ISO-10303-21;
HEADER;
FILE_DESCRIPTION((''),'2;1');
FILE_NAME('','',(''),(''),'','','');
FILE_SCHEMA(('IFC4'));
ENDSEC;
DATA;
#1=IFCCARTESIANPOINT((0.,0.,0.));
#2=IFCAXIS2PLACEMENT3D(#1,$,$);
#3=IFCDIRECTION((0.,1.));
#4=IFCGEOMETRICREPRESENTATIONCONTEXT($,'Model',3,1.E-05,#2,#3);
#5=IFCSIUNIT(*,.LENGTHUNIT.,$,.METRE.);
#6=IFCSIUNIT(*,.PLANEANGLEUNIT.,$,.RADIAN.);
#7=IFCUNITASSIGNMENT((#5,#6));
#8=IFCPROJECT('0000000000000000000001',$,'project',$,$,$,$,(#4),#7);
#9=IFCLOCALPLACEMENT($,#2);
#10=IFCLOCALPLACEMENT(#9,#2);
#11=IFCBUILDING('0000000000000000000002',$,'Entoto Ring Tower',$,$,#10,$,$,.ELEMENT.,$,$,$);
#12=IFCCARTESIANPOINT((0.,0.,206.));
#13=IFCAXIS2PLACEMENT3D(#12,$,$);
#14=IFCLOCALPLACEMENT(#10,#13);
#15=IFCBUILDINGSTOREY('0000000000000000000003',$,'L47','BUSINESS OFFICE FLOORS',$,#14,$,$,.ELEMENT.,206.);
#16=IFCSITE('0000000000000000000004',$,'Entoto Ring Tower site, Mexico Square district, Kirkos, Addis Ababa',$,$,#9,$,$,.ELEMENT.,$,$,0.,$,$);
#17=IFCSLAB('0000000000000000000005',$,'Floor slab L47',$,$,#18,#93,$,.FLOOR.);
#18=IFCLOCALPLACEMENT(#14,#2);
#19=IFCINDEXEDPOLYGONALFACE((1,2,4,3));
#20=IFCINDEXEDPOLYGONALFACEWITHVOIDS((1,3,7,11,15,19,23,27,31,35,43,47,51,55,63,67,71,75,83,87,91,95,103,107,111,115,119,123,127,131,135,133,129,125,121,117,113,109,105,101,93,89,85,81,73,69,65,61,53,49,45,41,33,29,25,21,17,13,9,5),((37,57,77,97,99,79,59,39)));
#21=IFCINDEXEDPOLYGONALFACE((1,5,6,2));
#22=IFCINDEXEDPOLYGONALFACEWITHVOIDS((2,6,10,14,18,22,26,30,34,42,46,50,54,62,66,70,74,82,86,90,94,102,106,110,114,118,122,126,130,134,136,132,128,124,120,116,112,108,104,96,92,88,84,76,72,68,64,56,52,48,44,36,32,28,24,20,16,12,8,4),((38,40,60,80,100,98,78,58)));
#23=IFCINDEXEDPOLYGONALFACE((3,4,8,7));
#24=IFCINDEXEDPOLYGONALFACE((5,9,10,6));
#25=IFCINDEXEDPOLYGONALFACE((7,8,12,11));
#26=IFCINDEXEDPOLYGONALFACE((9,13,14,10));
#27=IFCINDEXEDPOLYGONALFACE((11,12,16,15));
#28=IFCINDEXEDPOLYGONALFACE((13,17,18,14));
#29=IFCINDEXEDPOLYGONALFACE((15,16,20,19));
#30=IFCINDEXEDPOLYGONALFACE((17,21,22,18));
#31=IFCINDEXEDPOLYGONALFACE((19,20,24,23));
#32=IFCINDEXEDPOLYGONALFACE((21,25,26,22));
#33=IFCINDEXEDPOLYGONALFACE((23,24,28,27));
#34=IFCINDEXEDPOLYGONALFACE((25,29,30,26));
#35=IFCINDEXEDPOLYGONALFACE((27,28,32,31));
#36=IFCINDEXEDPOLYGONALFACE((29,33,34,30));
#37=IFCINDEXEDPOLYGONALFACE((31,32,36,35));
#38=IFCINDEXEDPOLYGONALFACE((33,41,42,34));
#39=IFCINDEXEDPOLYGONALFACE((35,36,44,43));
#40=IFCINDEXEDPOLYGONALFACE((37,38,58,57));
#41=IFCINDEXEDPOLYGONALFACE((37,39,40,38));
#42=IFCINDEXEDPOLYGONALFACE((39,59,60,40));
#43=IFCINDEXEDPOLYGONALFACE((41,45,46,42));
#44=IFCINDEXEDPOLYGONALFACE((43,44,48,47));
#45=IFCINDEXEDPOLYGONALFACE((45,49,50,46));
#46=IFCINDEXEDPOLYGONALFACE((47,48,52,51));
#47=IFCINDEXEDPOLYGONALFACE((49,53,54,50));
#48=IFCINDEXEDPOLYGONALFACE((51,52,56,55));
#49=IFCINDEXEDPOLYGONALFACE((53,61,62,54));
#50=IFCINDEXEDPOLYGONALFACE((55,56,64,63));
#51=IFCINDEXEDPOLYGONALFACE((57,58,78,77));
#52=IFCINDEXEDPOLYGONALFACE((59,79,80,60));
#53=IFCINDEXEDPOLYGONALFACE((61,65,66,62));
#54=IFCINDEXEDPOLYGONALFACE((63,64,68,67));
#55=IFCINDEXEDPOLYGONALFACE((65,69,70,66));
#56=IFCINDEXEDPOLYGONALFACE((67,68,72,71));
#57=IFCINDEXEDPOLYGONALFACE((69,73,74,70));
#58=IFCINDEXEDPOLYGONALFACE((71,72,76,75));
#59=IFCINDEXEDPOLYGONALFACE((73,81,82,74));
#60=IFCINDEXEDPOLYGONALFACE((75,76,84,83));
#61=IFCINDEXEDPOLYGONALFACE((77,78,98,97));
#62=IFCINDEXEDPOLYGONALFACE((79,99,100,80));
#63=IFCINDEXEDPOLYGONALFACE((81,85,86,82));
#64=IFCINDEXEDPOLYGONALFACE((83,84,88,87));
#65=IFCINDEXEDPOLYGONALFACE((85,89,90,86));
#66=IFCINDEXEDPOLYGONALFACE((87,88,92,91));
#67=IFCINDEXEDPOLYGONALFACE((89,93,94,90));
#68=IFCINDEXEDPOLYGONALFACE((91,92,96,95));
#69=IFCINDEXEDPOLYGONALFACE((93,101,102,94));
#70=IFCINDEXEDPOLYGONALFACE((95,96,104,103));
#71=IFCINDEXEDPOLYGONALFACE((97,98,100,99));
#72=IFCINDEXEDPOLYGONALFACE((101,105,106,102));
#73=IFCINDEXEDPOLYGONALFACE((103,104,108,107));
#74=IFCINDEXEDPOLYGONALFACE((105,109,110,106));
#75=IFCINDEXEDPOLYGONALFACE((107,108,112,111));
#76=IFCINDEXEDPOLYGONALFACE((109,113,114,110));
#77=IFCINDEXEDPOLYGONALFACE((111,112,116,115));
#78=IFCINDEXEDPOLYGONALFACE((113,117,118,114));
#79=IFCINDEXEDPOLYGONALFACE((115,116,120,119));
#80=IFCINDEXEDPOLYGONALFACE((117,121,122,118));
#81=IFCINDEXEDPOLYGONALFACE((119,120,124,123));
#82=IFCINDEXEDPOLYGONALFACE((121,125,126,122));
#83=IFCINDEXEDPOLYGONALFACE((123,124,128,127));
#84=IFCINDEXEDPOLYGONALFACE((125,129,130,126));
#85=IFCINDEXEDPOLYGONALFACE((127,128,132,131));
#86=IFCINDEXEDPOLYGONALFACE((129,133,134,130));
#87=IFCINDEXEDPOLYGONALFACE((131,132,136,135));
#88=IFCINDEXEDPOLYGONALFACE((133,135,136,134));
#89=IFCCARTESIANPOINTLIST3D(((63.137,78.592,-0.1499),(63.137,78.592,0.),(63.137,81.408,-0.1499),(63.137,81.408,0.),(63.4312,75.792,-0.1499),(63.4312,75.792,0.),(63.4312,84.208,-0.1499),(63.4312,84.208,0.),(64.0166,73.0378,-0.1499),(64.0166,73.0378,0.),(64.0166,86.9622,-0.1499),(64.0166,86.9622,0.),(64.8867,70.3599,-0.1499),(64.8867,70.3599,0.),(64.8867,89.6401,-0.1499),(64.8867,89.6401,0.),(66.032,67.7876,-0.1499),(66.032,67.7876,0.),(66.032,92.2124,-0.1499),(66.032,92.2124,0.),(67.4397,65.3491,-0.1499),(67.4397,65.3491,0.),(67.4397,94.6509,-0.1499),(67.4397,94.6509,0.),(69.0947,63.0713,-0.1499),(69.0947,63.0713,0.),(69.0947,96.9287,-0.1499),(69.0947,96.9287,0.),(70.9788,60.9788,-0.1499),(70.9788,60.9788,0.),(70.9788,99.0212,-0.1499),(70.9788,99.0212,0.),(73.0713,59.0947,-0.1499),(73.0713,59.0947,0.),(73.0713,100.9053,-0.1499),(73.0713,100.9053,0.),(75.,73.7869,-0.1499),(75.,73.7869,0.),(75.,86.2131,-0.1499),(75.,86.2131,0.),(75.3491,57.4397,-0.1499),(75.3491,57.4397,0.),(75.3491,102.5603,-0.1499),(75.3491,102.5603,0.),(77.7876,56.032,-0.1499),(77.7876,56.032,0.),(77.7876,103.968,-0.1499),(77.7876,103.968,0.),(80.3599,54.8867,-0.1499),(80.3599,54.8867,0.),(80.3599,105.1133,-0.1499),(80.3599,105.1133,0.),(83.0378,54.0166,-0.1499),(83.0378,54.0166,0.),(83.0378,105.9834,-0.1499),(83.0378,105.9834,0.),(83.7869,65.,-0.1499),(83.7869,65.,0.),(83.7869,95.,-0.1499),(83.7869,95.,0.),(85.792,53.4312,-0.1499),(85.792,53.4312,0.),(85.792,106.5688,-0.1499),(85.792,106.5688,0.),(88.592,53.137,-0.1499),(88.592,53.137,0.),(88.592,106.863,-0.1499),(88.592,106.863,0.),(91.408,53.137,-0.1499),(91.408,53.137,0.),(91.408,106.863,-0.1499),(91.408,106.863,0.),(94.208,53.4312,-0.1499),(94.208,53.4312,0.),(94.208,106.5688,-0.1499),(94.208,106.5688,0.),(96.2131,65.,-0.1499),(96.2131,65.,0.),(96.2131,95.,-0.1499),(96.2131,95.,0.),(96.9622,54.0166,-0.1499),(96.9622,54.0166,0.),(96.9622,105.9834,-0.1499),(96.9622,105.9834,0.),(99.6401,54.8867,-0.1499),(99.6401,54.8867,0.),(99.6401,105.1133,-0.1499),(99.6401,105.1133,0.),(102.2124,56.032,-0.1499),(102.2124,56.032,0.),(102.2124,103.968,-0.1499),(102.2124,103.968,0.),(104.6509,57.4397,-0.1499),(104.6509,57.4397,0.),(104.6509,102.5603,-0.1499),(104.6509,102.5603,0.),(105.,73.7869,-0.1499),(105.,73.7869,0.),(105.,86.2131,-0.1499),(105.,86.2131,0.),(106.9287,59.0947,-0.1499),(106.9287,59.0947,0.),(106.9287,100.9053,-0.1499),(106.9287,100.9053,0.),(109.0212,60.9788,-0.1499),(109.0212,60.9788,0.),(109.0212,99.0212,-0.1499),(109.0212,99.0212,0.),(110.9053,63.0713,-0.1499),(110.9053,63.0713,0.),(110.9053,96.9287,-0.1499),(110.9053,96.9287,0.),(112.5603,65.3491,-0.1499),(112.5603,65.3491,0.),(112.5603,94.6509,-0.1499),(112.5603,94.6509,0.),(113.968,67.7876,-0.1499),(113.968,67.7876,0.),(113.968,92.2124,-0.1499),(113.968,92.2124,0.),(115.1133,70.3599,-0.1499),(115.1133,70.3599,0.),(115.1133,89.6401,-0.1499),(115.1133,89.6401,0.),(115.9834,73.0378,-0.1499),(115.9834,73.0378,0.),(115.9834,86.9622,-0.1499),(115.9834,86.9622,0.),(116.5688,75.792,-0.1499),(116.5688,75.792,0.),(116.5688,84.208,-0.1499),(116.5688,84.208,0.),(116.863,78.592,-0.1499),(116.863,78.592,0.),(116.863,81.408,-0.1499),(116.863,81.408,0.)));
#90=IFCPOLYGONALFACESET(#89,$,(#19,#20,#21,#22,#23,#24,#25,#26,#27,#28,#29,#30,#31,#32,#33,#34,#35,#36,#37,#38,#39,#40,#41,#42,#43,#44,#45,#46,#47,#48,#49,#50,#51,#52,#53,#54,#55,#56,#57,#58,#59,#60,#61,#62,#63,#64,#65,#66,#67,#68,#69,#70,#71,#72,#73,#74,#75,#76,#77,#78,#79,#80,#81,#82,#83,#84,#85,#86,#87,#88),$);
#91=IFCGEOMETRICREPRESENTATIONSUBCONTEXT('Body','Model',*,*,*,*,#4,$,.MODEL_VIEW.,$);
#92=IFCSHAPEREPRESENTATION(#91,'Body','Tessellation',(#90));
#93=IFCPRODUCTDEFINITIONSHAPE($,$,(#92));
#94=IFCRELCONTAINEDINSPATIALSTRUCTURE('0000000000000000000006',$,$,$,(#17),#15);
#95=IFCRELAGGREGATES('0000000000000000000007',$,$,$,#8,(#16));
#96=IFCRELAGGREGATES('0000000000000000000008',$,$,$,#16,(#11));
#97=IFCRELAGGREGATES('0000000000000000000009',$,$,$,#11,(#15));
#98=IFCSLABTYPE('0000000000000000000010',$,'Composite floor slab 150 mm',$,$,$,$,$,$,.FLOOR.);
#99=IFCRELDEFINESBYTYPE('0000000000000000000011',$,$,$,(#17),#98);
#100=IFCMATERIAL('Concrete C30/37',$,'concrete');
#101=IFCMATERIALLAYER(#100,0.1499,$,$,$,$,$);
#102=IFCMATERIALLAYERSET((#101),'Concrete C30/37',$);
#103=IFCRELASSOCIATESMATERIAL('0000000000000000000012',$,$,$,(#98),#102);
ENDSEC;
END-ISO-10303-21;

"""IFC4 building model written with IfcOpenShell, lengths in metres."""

from ifc_helpers import new_model, si_unit, direction, frame, origin, place, context, subcontext, project, spatial, polyline, outline, extrude, material, layer, layer_set, type_object, element, save


model = new_model("IFC4")

# Units and contexts
model_context = context("Model", 3, precision=1e-05, world=origin(), true_north=direction((0.0, 1.0)))
body_context = subcontext(model_context, "Body", "Model", "MODEL_VIEW")
ifc_project = project(units=[si_unit("LENGTHUNIT", "METRE"), si_unit("PLANEANGLEUNIT", "RADIAN")], contexts=[model_context])

# Site, building, storey
site_placement = place(None, origin())
building_placement = place(site_placement, origin())
storey_placement = place(building_placement, frame((0.0, 0.0, 206.0)))
site = spatial("IfcSite", under=ifc_project, at=site_placement, Name="Entoto Ring Tower site, Mexico Square district, Kirkos, Addis Ababa", CompositionType="ELEMENT", RefElevation=0.0)
building = spatial("IfcBuilding", under=site, at=building_placement, Name="Entoto Ring Tower", CompositionType="ELEMENT")
storey = spatial("IfcBuildingStorey", under=building, at=storey_placement, Name="L47", Description="BUSINESS OFFICE FLOORS", CompositionType="ELEMENT", Elevation=206.0)

# Slab
ifc_material_1 = material(Name="Concrete C30/37", Category="concrete")
ifc_layer_1 = layer(ifc_material_1, 0.1499)
ifc_layer_set_1 = layer_set([ifc_layer_1], Name="Concrete C30/37")
slab_type = type_object("IfcSlabType", Name="Composite floor slab 150 mm", PredefinedType="FLOOR", material=ifc_layer_set_1)
slab_placement = place(storey_placement, frame((0.0, 0.0, -0.1499)))
element("IfcSlab", 1, at=slab_placement, inside=storey, type_object=slab_type, Name="Floor slab L47", PredefinedType="FLOOR", context=body_context, shape_type="SweptSolid", body=[
    extrude(outline(polyline([(116.5688, 84.208), (115.9834, 86.9622), (115.1133, 89.6401), (113.968, 92.2124), (112.5603, 94.6509), (110.9053, 96.9287), (109.0212, 99.0212), (106.9287, 100.9053), (104.6509, 102.5603), (102.2124, 103.968), (99.6401, 105.1133), (96.9622, 105.9834), (94.208, 106.5688), (91.408, 106.863), (88.592, 106.863), (85.792, 106.5688), (83.0378, 105.9834), (80.3599, 105.1133), (77.7876, 103.968), (75.3491, 102.5603), (73.0713, 100.9053), (70.9788, 99.0212), (69.0947, 96.9287), (67.4397, 94.6509), (66.032, 92.2124), (64.8867, 89.6401), (64.0166, 86.9622), (63.4312, 84.208), (63.137, 81.408), (63.137, 78.592), (63.4312, 75.792), (64.0166, 73.0378), (64.8867, 70.3599), (66.032, 67.7876), (67.4397, 65.3491), (69.0947, 63.0713), (70.9788, 60.9788), (73.0713, 59.0947), (75.3491, 57.4397), (77.7876, 56.032), (80.3599, 54.8867), (83.0378, 54.0166), (85.792, 53.4312), (88.592, 53.137), (91.408, 53.137), (94.208, 53.4312), (96.9622, 54.0166), (99.6401, 54.8867), (102.2124, 56.032), (104.6509, 57.4397), (106.9287, 59.0947), (109.0212, 60.9788), (110.9053, 63.0713), (112.5603, 65.3491), (113.968, 67.7876), (115.1133, 70.3599), (115.9834, 73.0378), (116.5688, 75.792), (116.863, 78.592), (116.863, 81.408), (116.5688, 84.208)]), holes=[polyline([(105.0, 73.7869), (105.0, 86.2131), (96.2131, 95.0), (83.7869, 95.0), (75.0, 86.2131), (75.0, 73.7869), (83.7869, 65.0), (96.2131, 65.0), (105.0, 73.7869)])]), origin(), (0.0, 0.0, 1.0), 0.1499),
])

save(model, "model.ifc")
